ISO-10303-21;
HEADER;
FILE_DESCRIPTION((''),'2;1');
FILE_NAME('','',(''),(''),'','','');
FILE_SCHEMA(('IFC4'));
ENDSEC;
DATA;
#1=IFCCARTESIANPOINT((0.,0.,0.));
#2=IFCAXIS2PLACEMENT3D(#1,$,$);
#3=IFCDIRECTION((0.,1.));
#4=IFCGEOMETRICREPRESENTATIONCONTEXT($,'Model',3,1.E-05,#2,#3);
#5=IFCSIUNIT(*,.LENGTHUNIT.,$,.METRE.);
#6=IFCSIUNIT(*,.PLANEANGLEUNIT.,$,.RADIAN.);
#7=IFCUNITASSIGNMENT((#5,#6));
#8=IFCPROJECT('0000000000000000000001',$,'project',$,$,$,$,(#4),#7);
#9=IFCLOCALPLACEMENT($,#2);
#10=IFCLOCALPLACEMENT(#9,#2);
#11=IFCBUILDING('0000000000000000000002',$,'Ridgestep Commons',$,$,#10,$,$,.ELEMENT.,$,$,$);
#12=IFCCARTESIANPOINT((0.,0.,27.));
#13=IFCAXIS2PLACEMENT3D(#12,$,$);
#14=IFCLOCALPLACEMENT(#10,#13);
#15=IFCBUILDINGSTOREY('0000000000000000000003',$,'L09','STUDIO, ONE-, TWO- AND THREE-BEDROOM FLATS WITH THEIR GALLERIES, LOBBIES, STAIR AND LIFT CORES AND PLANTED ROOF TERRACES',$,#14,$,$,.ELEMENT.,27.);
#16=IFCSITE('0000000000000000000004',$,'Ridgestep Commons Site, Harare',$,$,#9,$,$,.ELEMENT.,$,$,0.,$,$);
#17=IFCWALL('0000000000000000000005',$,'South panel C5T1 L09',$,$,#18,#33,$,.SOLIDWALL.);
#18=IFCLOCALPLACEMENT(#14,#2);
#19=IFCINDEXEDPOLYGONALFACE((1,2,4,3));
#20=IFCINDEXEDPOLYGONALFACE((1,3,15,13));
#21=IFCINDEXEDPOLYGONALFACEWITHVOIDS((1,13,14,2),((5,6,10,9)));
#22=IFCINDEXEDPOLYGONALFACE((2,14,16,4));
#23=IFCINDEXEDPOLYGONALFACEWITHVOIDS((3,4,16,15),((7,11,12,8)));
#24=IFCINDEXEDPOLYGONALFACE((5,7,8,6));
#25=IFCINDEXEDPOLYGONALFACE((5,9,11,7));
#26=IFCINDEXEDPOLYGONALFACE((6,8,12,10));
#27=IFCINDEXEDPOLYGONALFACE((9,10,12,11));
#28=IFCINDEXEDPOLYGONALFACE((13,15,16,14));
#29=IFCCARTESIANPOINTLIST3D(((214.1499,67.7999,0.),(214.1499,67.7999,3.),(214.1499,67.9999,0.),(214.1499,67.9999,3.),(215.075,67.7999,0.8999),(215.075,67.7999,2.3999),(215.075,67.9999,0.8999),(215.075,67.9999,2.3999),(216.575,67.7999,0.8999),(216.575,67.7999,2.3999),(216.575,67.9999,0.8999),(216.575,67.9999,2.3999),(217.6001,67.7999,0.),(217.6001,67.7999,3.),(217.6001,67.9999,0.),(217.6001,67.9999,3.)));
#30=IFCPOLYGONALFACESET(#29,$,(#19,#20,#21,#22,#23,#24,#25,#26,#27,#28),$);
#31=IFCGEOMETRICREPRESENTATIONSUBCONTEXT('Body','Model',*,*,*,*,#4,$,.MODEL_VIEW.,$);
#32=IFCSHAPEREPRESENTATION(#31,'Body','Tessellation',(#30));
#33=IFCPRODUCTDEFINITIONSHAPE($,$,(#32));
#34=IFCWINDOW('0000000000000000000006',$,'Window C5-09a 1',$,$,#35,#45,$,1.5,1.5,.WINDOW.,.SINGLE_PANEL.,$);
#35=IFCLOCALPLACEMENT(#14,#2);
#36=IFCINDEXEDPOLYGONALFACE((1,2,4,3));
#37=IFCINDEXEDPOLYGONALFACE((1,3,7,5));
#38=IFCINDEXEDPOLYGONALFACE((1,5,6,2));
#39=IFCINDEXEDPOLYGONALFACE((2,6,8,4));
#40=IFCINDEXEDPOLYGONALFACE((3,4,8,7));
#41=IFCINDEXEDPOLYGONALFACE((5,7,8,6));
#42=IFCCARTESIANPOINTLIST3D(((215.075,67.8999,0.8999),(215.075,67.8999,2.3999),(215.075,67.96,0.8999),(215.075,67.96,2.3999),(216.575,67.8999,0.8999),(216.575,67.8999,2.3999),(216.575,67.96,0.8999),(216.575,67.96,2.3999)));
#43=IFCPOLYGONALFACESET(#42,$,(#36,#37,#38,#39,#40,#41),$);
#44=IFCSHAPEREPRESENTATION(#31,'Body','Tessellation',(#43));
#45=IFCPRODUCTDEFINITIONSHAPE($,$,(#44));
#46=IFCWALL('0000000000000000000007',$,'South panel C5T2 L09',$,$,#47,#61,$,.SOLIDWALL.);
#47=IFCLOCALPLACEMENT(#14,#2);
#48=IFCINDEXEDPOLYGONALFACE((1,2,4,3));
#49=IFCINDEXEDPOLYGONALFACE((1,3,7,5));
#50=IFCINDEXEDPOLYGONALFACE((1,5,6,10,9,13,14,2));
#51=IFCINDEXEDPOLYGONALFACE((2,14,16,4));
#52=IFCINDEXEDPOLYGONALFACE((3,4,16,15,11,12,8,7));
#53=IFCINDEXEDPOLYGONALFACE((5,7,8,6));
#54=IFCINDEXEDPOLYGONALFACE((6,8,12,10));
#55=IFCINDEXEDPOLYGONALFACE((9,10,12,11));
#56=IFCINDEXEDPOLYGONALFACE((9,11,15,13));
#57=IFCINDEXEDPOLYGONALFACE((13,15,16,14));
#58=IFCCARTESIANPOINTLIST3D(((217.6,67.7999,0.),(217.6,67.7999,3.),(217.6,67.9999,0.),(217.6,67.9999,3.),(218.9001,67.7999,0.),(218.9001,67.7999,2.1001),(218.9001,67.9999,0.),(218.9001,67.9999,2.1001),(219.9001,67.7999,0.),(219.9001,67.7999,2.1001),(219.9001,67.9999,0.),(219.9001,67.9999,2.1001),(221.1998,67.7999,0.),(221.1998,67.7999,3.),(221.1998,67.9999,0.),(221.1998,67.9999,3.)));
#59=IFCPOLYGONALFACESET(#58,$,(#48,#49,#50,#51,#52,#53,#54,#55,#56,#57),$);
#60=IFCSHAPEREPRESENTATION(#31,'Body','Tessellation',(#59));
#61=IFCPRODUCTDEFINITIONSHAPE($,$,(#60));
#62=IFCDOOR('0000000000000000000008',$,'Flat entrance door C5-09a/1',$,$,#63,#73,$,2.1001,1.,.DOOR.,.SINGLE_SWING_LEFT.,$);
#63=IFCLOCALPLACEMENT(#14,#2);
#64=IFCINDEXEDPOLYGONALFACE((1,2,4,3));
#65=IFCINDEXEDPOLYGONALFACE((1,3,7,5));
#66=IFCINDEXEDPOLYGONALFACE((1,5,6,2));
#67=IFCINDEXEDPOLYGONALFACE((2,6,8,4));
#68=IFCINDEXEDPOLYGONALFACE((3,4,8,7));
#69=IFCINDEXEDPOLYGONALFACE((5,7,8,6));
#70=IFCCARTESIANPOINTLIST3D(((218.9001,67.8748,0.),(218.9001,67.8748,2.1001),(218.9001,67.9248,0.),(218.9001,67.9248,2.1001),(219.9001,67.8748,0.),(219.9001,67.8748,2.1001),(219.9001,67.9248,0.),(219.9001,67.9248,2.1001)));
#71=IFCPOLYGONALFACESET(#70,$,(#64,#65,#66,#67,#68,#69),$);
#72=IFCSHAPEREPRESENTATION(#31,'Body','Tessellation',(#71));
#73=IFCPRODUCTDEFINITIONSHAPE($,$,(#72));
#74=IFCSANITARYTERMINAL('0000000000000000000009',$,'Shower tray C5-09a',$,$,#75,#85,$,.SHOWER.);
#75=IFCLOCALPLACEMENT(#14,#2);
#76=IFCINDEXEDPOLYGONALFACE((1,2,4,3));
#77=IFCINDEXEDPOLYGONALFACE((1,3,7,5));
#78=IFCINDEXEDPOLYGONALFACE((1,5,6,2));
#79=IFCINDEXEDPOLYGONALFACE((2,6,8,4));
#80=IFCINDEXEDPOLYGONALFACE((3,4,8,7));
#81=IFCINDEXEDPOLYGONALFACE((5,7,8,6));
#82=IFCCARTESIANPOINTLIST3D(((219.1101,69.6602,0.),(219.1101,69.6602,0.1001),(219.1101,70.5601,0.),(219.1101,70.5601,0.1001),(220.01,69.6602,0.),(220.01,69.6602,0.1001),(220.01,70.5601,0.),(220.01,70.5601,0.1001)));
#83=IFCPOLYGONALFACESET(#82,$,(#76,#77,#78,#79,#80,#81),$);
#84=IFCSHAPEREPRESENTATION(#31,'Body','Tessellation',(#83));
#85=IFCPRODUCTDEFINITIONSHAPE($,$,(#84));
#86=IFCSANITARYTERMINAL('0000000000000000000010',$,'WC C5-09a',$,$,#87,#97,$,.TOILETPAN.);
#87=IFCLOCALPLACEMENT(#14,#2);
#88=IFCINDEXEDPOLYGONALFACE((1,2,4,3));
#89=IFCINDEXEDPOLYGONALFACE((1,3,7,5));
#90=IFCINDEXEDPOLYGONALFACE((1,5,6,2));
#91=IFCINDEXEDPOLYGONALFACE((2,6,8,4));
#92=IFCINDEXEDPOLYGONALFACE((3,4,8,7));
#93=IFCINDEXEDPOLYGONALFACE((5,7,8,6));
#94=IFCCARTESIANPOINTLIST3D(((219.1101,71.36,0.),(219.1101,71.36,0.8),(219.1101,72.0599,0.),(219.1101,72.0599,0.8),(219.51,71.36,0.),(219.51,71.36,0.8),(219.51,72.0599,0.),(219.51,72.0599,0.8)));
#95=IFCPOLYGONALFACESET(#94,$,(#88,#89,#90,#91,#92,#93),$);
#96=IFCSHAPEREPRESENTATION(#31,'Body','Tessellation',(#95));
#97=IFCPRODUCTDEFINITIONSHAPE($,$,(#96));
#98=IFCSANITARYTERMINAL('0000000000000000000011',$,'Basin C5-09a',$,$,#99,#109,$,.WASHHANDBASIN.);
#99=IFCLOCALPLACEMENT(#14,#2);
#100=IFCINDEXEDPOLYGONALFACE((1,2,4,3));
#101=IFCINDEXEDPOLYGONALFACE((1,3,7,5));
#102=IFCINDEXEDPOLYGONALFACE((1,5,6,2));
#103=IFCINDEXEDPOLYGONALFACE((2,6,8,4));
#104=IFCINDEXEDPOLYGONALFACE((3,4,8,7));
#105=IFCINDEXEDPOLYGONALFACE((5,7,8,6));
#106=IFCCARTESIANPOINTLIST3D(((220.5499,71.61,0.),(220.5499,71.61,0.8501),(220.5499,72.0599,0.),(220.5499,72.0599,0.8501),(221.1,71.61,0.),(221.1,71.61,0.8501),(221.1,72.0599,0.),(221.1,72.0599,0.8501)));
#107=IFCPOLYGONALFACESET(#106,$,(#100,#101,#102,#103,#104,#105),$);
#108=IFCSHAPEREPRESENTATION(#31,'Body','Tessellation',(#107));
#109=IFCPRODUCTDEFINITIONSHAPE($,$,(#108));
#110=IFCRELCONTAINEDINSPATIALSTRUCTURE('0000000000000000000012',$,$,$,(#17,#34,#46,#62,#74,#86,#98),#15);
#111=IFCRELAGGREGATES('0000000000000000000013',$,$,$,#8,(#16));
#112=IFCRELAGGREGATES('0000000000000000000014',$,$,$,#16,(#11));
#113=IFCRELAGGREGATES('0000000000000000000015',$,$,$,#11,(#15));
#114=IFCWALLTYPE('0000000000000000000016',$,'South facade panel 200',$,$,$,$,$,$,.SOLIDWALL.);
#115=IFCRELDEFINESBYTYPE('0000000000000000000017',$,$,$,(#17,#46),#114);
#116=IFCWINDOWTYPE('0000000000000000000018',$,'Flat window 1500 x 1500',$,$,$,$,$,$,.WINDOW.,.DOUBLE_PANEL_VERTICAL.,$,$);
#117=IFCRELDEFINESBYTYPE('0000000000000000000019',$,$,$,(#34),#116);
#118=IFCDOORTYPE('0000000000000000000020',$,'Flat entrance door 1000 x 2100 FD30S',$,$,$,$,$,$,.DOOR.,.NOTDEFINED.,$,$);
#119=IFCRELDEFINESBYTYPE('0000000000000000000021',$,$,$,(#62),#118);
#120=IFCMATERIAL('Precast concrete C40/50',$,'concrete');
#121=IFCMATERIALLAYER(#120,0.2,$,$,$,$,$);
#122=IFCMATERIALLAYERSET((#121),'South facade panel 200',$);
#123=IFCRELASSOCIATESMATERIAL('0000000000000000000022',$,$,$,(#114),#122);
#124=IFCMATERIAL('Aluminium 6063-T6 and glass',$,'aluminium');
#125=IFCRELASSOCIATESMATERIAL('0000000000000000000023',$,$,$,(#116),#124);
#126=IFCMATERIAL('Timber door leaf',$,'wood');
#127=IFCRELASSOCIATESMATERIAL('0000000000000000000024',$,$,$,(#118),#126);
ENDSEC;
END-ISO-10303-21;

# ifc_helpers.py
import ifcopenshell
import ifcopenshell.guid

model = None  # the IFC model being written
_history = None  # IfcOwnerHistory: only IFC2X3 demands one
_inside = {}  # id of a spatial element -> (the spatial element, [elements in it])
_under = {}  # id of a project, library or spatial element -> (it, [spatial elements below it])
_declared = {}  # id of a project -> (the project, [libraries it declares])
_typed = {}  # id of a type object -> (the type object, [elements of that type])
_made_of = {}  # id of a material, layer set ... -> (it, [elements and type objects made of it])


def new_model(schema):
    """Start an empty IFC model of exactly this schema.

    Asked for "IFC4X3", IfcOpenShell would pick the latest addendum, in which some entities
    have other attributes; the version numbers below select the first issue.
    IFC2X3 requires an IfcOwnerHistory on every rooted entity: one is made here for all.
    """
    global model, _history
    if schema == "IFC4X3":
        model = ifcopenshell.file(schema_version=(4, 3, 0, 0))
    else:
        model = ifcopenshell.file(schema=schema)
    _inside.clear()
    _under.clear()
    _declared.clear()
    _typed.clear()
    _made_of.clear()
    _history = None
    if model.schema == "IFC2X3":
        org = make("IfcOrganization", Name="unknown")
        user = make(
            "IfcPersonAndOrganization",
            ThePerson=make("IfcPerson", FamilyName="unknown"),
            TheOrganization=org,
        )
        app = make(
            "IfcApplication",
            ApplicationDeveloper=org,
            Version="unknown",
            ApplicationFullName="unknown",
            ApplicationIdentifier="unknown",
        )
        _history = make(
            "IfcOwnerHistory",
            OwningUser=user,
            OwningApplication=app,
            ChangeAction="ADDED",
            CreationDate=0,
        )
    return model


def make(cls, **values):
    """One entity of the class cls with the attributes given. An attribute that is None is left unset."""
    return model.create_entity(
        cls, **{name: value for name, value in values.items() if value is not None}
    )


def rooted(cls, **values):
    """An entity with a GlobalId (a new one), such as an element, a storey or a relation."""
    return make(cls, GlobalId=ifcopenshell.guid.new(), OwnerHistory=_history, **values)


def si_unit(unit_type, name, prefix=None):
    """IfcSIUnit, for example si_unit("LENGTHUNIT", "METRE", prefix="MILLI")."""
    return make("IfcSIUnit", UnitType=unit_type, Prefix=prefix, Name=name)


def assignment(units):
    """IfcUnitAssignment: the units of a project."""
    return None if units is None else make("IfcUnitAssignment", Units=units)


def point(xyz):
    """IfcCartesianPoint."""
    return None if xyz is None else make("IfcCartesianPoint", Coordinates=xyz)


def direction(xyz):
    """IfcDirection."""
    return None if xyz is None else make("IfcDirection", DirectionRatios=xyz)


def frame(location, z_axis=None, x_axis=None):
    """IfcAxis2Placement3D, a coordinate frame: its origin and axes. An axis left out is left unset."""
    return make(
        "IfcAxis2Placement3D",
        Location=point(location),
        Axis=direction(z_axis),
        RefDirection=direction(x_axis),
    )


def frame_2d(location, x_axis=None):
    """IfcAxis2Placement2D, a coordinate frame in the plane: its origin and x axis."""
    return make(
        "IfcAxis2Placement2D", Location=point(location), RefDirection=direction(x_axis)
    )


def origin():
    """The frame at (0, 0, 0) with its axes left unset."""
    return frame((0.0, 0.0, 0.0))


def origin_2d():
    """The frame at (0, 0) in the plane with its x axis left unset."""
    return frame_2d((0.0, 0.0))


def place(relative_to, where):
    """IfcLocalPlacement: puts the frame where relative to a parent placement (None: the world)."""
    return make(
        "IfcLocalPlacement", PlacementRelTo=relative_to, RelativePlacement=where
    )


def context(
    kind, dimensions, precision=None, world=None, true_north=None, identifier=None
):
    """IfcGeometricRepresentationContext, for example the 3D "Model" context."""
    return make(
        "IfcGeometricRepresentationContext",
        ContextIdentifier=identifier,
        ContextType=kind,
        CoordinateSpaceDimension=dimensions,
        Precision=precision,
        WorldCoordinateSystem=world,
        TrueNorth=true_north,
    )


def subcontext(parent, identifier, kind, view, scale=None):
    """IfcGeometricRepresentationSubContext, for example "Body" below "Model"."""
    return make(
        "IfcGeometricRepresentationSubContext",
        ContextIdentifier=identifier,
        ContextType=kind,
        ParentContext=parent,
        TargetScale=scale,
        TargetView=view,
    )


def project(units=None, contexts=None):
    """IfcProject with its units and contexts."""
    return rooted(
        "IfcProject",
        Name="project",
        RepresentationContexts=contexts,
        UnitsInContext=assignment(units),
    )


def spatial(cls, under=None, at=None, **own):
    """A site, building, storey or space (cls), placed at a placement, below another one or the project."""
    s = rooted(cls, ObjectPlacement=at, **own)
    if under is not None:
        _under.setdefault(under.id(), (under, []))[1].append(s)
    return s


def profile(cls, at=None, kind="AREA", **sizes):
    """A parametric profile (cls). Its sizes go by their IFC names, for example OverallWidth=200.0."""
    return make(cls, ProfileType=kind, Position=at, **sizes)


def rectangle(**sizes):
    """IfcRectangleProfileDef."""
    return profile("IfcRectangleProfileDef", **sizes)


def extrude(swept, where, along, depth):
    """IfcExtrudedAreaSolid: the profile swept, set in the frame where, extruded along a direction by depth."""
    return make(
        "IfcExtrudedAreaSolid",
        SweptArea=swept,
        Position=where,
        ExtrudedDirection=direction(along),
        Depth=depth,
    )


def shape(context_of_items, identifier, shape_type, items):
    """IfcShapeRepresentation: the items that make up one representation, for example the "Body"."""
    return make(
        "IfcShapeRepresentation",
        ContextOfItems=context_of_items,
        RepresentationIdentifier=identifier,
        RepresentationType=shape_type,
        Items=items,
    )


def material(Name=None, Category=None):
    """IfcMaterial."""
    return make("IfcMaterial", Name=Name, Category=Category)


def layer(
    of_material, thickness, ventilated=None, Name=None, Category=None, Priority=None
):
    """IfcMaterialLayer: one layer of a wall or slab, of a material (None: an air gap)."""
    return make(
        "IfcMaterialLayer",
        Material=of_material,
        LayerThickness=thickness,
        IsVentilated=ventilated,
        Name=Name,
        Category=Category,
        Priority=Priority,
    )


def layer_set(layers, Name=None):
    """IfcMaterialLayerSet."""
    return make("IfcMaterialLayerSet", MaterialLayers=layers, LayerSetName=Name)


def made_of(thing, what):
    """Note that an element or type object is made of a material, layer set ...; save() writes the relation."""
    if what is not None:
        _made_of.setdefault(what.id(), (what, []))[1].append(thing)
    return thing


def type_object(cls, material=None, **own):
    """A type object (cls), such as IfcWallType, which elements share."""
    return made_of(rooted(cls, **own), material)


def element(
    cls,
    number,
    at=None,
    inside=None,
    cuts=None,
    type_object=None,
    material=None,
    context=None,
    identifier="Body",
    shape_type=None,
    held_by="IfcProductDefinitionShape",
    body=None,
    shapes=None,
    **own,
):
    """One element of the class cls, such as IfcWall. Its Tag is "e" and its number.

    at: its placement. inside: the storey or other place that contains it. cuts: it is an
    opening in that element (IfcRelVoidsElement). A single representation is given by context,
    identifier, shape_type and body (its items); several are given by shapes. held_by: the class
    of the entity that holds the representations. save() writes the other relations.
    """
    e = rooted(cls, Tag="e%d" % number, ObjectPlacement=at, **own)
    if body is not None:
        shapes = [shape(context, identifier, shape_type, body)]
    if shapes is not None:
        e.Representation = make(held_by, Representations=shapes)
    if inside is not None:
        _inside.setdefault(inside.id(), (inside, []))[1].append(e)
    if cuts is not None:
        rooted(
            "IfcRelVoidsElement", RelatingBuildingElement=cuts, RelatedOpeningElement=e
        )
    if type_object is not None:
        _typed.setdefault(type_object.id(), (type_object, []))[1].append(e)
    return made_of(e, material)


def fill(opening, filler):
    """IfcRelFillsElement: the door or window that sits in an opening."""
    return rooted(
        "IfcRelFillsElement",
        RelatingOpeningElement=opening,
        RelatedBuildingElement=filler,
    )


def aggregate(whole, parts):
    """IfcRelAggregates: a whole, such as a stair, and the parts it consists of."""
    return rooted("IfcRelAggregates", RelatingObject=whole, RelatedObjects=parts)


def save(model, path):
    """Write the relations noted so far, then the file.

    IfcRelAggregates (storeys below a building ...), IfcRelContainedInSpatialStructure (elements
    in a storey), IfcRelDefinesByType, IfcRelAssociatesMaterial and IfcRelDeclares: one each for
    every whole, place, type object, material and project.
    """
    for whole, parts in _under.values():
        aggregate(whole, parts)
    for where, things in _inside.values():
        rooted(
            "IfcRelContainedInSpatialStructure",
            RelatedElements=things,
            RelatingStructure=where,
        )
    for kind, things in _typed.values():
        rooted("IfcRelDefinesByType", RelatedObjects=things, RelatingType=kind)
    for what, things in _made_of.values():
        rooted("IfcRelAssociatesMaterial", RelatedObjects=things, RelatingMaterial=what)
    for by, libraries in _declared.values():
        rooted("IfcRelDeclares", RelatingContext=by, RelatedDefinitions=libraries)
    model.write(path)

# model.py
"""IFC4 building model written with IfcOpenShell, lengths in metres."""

from ifc_helpers import new_model, si_unit, direction, frame, frame_2d, origin, origin_2d, place, context, subcontext, project, spatial, rectangle, extrude, material, layer, layer_set, type_object, element, fill, save


model = new_model("IFC4")

# Units and contexts
model_context = context("Model", 3, precision=1e-05, world=origin(), true_north=direction((0.0, 1.0)))
body_context = subcontext(model_context, "Body", "Model", "MODEL_VIEW")
ifc_project = project(units=[si_unit("LENGTHUNIT", "METRE"), si_unit("PLANEANGLEUNIT", "RADIAN")], contexts=[model_context])

# Site, building, storey
site_placement = place(None, origin())
site = spatial("IfcSite", under=ifc_project, at=site_placement, Name="Ridgestep Commons Site, Harare", CompositionType="ELEMENT", RefElevation=0.0)
building_placement = place(site_placement, origin())
building = spatial("IfcBuilding", under=site, at=building_placement, Name="Ridgestep Commons", CompositionType="ELEMENT")
storey_placement = place(building_placement, frame((0.0, 0.0, 27.0)))
storey = spatial("IfcBuildingStorey", under=building, at=storey_placement, Name="L09", Description="STUDIO, ONE-, TWO- AND THREE-BEDROOM FLATS WITH THEIR GALLERIES, LOBBIES, STAIR AND LIFT CORES AND PLANTED ROOF TERRACES", CompositionType="ELEMENT", Elevation=27.0)

# Wall, opening, window
ifc_material_1 = material(Name="Precast concrete C40/50", Category="concrete")
ifc_layer_1 = layer(ifc_material_1, 0.2)
ifc_layer_set_1 = layer_set([ifc_layer_1], Name="South facade panel 200")
wall_type_1 = type_object("IfcWallType", Name="South facade panel 200", PredefinedType="SOLIDWALL", material=ifc_layer_set_1)
wall_1_placement = place(storey_placement, frame((214.1499, 67.8999, 0.0), z_axis=(0.0, 0.0, 1.0), x_axis=(1.0, 0.0, 0.0)))
wall_1 = element("IfcWall", 1, at=wall_1_placement, inside=storey, type_object=wall_type_1, Name="South panel C5T1 L09", PredefinedType="SOLIDWALL", context=body_context, shape_type="SweptSolid", body=[
    extrude(rectangle(XDim=3.4502, YDim=0.2, at=frame_2d((1.7251, 0.0))), origin(), (0.0, 0.0, 1.0), 3.0),
])
opening_1_placement = place(wall_1_placement, frame((0.925, 0.0, 0.8999)))
opening_1 = element("IfcOpeningElement", 2, at=opening_1_placement, cuts=wall_1, PredefinedType="OPENING", context=body_context, shape_type="SweptSolid", body=[
    extrude(rectangle(XDim=1.5, YDim=1.5, at=frame_2d((0.75, 0.75))), frame((0.0, 0.1099, 0.0), z_axis=(0.0, -1.0, 0.0), x_axis=(1.0, 0.0, 0.0)), (0.0, 0.0, 1.0), 0.22),
])
ifc_material_2 = material(Name="Aluminium 6063-T6 and glass", Category="aluminium")
window_type = type_object("IfcWindowType", Name="Flat window 1500 x 1500", PartitioningType="DOUBLE_PANEL_VERTICAL", PredefinedType="WINDOW", material=ifc_material_2)
window_placement = place(opening_1_placement, origin())
window = element("IfcWindow", 3, at=window_placement, inside=storey, type_object=window_type, Name="Window C5-09a 1", OverallHeight=1.5, OverallWidth=1.5, PartitioningType="SINGLE_PANEL", PredefinedType="WINDOW", context=body_context, shape_type="SweptSolid", body=[
    extrude(rectangle(XDim=1.5, YDim=1.5, at=frame_2d((0.75, 0.75))), frame((0.0, 0.0601, 0.0), z_axis=(0.0, -1.0, 0.0), x_axis=(1.0, 0.0, 0.0)), (0.0, 0.0, 1.0), 0.0601),
])
fill(opening_1, window)

# Wall, opening, door
wall_2_placement = place(storey_placement, frame((217.6001, 67.8999, 0.0), z_axis=(0.0, 0.0, 1.0), x_axis=(1.0, 0.0, 0.0)))
wall_2 = element("IfcWall", 4, at=wall_2_placement, inside=storey, type_object=wall_type_1, Name="South panel C5T2 L09", PredefinedType="SOLIDWALL", context=body_context, shape_type="SweptSolid", body=[
    extrude(rectangle(XDim=3.5999, YDim=0.2, at=frame_2d((1.7998, 0.0))), origin(), (0.0, 0.0, 1.0), 3.0),
])
opening_2_placement = place(wall_2_placement, frame((1.3, 0.0, 0.0)))
opening_2 = element("IfcOpeningElement", 5, at=opening_2_placement, cuts=wall_2, PredefinedType="OPENING", context=body_context, shape_type="SweptSolid", body=[
    extrude(rectangle(XDim=1.0, YDim=2.1001, at=frame_2d((0.5, 1.05))), frame((0.0, 0.1099, 0.0), z_axis=(0.0, -1.0, 0.0), x_axis=(1.0, 0.0, 0.0)), (0.0, 0.0, 1.0), 0.22),
])
ifc_material_3 = material(Name="Timber door leaf", Category="wood")
door_type_1 = type_object("IfcDoorType", Name="Flat entrance door 1000 x 2100 FD30S", OperationType="NOTDEFINED", PredefinedType="DOOR", material=ifc_material_3)
door_1_placement = place(opening_2_placement, origin())
door_1 = element("IfcDoor", 6, at=door_1_placement, inside=storey, type_object=door_type_1, Name="Flat entrance door C5-09a/1", OperationType="SINGLE_SWING_LEFT", OverallHeight=2.1001, OverallWidth=1.0, PredefinedType="DOOR", context=body_context, shape_type="SweptSolid", body=[
    extrude(rectangle(XDim=1.0, YDim=2.1001, at=frame_2d((0.5, 1.05))), frame((0.0, 0.0249, 0.0), z_axis=(0.0, -1.0, 0.0), x_axis=(1.0, 0.0, 0.0)), (0.0, 0.0, 1.0), 0.05),
])
fill(opening_2, door_1)

# Sanitary terminals
sanitary_terminal_1_placement = place(storey_placement, frame((219.5601, 70.1101, 0.0), z_axis=(0.0, 0.0, 1.0), x_axis=(1.0, 0.0, 0.0)))
element("IfcSanitaryTerminal", 7, at=sanitary_terminal_1_placement, inside=storey, Name="Shower tray C5-09a", PredefinedType="SHOWER", context=body_context, shape_type="SweptSolid", body=[
    extrude(rectangle(XDim=0.8999, YDim=0.8999, at=origin_2d()), origin(), (0.0, 0.0, 1.0), 0.1001),
])
sanitary_terminal_2_placement = place(storey_placement, frame((219.3101, 71.71, 0.0), z_axis=(0.0, 0.0, 1.0), x_axis=(1.0, 0.0, 0.0)))
element("IfcSanitaryTerminal", 8, at=sanitary_terminal_2_placement, inside=storey, Name="WC C5-09a", PredefinedType="TOILETPAN", context=body_context, shape_type="SweptSolid", body=[
    extrude(rectangle(XDim=0.3999, YDim=0.7, at=origin_2d()), origin(), (0.0, 0.0, 1.0), 0.8),
])
sanitary_terminal_3_placement = place(storey_placement, frame((220.825, 71.835, 0.0), z_axis=(0.0, 0.0, 1.0), x_axis=(1.0, 0.0, 0.0)))
element("IfcSanitaryTerminal", 9, at=sanitary_terminal_3_placement, inside=storey, Name="Basin C5-09a", PredefinedType="WASHHANDBASIN", context=body_context, shape_type="SweptSolid", body=[
    extrude(rectangle(XDim=0.55, YDim=0.45, at=origin_2d()), origin(), (0.0, 0.0, 1.0), 0.8501),
])

save(model, "model.ifc")
